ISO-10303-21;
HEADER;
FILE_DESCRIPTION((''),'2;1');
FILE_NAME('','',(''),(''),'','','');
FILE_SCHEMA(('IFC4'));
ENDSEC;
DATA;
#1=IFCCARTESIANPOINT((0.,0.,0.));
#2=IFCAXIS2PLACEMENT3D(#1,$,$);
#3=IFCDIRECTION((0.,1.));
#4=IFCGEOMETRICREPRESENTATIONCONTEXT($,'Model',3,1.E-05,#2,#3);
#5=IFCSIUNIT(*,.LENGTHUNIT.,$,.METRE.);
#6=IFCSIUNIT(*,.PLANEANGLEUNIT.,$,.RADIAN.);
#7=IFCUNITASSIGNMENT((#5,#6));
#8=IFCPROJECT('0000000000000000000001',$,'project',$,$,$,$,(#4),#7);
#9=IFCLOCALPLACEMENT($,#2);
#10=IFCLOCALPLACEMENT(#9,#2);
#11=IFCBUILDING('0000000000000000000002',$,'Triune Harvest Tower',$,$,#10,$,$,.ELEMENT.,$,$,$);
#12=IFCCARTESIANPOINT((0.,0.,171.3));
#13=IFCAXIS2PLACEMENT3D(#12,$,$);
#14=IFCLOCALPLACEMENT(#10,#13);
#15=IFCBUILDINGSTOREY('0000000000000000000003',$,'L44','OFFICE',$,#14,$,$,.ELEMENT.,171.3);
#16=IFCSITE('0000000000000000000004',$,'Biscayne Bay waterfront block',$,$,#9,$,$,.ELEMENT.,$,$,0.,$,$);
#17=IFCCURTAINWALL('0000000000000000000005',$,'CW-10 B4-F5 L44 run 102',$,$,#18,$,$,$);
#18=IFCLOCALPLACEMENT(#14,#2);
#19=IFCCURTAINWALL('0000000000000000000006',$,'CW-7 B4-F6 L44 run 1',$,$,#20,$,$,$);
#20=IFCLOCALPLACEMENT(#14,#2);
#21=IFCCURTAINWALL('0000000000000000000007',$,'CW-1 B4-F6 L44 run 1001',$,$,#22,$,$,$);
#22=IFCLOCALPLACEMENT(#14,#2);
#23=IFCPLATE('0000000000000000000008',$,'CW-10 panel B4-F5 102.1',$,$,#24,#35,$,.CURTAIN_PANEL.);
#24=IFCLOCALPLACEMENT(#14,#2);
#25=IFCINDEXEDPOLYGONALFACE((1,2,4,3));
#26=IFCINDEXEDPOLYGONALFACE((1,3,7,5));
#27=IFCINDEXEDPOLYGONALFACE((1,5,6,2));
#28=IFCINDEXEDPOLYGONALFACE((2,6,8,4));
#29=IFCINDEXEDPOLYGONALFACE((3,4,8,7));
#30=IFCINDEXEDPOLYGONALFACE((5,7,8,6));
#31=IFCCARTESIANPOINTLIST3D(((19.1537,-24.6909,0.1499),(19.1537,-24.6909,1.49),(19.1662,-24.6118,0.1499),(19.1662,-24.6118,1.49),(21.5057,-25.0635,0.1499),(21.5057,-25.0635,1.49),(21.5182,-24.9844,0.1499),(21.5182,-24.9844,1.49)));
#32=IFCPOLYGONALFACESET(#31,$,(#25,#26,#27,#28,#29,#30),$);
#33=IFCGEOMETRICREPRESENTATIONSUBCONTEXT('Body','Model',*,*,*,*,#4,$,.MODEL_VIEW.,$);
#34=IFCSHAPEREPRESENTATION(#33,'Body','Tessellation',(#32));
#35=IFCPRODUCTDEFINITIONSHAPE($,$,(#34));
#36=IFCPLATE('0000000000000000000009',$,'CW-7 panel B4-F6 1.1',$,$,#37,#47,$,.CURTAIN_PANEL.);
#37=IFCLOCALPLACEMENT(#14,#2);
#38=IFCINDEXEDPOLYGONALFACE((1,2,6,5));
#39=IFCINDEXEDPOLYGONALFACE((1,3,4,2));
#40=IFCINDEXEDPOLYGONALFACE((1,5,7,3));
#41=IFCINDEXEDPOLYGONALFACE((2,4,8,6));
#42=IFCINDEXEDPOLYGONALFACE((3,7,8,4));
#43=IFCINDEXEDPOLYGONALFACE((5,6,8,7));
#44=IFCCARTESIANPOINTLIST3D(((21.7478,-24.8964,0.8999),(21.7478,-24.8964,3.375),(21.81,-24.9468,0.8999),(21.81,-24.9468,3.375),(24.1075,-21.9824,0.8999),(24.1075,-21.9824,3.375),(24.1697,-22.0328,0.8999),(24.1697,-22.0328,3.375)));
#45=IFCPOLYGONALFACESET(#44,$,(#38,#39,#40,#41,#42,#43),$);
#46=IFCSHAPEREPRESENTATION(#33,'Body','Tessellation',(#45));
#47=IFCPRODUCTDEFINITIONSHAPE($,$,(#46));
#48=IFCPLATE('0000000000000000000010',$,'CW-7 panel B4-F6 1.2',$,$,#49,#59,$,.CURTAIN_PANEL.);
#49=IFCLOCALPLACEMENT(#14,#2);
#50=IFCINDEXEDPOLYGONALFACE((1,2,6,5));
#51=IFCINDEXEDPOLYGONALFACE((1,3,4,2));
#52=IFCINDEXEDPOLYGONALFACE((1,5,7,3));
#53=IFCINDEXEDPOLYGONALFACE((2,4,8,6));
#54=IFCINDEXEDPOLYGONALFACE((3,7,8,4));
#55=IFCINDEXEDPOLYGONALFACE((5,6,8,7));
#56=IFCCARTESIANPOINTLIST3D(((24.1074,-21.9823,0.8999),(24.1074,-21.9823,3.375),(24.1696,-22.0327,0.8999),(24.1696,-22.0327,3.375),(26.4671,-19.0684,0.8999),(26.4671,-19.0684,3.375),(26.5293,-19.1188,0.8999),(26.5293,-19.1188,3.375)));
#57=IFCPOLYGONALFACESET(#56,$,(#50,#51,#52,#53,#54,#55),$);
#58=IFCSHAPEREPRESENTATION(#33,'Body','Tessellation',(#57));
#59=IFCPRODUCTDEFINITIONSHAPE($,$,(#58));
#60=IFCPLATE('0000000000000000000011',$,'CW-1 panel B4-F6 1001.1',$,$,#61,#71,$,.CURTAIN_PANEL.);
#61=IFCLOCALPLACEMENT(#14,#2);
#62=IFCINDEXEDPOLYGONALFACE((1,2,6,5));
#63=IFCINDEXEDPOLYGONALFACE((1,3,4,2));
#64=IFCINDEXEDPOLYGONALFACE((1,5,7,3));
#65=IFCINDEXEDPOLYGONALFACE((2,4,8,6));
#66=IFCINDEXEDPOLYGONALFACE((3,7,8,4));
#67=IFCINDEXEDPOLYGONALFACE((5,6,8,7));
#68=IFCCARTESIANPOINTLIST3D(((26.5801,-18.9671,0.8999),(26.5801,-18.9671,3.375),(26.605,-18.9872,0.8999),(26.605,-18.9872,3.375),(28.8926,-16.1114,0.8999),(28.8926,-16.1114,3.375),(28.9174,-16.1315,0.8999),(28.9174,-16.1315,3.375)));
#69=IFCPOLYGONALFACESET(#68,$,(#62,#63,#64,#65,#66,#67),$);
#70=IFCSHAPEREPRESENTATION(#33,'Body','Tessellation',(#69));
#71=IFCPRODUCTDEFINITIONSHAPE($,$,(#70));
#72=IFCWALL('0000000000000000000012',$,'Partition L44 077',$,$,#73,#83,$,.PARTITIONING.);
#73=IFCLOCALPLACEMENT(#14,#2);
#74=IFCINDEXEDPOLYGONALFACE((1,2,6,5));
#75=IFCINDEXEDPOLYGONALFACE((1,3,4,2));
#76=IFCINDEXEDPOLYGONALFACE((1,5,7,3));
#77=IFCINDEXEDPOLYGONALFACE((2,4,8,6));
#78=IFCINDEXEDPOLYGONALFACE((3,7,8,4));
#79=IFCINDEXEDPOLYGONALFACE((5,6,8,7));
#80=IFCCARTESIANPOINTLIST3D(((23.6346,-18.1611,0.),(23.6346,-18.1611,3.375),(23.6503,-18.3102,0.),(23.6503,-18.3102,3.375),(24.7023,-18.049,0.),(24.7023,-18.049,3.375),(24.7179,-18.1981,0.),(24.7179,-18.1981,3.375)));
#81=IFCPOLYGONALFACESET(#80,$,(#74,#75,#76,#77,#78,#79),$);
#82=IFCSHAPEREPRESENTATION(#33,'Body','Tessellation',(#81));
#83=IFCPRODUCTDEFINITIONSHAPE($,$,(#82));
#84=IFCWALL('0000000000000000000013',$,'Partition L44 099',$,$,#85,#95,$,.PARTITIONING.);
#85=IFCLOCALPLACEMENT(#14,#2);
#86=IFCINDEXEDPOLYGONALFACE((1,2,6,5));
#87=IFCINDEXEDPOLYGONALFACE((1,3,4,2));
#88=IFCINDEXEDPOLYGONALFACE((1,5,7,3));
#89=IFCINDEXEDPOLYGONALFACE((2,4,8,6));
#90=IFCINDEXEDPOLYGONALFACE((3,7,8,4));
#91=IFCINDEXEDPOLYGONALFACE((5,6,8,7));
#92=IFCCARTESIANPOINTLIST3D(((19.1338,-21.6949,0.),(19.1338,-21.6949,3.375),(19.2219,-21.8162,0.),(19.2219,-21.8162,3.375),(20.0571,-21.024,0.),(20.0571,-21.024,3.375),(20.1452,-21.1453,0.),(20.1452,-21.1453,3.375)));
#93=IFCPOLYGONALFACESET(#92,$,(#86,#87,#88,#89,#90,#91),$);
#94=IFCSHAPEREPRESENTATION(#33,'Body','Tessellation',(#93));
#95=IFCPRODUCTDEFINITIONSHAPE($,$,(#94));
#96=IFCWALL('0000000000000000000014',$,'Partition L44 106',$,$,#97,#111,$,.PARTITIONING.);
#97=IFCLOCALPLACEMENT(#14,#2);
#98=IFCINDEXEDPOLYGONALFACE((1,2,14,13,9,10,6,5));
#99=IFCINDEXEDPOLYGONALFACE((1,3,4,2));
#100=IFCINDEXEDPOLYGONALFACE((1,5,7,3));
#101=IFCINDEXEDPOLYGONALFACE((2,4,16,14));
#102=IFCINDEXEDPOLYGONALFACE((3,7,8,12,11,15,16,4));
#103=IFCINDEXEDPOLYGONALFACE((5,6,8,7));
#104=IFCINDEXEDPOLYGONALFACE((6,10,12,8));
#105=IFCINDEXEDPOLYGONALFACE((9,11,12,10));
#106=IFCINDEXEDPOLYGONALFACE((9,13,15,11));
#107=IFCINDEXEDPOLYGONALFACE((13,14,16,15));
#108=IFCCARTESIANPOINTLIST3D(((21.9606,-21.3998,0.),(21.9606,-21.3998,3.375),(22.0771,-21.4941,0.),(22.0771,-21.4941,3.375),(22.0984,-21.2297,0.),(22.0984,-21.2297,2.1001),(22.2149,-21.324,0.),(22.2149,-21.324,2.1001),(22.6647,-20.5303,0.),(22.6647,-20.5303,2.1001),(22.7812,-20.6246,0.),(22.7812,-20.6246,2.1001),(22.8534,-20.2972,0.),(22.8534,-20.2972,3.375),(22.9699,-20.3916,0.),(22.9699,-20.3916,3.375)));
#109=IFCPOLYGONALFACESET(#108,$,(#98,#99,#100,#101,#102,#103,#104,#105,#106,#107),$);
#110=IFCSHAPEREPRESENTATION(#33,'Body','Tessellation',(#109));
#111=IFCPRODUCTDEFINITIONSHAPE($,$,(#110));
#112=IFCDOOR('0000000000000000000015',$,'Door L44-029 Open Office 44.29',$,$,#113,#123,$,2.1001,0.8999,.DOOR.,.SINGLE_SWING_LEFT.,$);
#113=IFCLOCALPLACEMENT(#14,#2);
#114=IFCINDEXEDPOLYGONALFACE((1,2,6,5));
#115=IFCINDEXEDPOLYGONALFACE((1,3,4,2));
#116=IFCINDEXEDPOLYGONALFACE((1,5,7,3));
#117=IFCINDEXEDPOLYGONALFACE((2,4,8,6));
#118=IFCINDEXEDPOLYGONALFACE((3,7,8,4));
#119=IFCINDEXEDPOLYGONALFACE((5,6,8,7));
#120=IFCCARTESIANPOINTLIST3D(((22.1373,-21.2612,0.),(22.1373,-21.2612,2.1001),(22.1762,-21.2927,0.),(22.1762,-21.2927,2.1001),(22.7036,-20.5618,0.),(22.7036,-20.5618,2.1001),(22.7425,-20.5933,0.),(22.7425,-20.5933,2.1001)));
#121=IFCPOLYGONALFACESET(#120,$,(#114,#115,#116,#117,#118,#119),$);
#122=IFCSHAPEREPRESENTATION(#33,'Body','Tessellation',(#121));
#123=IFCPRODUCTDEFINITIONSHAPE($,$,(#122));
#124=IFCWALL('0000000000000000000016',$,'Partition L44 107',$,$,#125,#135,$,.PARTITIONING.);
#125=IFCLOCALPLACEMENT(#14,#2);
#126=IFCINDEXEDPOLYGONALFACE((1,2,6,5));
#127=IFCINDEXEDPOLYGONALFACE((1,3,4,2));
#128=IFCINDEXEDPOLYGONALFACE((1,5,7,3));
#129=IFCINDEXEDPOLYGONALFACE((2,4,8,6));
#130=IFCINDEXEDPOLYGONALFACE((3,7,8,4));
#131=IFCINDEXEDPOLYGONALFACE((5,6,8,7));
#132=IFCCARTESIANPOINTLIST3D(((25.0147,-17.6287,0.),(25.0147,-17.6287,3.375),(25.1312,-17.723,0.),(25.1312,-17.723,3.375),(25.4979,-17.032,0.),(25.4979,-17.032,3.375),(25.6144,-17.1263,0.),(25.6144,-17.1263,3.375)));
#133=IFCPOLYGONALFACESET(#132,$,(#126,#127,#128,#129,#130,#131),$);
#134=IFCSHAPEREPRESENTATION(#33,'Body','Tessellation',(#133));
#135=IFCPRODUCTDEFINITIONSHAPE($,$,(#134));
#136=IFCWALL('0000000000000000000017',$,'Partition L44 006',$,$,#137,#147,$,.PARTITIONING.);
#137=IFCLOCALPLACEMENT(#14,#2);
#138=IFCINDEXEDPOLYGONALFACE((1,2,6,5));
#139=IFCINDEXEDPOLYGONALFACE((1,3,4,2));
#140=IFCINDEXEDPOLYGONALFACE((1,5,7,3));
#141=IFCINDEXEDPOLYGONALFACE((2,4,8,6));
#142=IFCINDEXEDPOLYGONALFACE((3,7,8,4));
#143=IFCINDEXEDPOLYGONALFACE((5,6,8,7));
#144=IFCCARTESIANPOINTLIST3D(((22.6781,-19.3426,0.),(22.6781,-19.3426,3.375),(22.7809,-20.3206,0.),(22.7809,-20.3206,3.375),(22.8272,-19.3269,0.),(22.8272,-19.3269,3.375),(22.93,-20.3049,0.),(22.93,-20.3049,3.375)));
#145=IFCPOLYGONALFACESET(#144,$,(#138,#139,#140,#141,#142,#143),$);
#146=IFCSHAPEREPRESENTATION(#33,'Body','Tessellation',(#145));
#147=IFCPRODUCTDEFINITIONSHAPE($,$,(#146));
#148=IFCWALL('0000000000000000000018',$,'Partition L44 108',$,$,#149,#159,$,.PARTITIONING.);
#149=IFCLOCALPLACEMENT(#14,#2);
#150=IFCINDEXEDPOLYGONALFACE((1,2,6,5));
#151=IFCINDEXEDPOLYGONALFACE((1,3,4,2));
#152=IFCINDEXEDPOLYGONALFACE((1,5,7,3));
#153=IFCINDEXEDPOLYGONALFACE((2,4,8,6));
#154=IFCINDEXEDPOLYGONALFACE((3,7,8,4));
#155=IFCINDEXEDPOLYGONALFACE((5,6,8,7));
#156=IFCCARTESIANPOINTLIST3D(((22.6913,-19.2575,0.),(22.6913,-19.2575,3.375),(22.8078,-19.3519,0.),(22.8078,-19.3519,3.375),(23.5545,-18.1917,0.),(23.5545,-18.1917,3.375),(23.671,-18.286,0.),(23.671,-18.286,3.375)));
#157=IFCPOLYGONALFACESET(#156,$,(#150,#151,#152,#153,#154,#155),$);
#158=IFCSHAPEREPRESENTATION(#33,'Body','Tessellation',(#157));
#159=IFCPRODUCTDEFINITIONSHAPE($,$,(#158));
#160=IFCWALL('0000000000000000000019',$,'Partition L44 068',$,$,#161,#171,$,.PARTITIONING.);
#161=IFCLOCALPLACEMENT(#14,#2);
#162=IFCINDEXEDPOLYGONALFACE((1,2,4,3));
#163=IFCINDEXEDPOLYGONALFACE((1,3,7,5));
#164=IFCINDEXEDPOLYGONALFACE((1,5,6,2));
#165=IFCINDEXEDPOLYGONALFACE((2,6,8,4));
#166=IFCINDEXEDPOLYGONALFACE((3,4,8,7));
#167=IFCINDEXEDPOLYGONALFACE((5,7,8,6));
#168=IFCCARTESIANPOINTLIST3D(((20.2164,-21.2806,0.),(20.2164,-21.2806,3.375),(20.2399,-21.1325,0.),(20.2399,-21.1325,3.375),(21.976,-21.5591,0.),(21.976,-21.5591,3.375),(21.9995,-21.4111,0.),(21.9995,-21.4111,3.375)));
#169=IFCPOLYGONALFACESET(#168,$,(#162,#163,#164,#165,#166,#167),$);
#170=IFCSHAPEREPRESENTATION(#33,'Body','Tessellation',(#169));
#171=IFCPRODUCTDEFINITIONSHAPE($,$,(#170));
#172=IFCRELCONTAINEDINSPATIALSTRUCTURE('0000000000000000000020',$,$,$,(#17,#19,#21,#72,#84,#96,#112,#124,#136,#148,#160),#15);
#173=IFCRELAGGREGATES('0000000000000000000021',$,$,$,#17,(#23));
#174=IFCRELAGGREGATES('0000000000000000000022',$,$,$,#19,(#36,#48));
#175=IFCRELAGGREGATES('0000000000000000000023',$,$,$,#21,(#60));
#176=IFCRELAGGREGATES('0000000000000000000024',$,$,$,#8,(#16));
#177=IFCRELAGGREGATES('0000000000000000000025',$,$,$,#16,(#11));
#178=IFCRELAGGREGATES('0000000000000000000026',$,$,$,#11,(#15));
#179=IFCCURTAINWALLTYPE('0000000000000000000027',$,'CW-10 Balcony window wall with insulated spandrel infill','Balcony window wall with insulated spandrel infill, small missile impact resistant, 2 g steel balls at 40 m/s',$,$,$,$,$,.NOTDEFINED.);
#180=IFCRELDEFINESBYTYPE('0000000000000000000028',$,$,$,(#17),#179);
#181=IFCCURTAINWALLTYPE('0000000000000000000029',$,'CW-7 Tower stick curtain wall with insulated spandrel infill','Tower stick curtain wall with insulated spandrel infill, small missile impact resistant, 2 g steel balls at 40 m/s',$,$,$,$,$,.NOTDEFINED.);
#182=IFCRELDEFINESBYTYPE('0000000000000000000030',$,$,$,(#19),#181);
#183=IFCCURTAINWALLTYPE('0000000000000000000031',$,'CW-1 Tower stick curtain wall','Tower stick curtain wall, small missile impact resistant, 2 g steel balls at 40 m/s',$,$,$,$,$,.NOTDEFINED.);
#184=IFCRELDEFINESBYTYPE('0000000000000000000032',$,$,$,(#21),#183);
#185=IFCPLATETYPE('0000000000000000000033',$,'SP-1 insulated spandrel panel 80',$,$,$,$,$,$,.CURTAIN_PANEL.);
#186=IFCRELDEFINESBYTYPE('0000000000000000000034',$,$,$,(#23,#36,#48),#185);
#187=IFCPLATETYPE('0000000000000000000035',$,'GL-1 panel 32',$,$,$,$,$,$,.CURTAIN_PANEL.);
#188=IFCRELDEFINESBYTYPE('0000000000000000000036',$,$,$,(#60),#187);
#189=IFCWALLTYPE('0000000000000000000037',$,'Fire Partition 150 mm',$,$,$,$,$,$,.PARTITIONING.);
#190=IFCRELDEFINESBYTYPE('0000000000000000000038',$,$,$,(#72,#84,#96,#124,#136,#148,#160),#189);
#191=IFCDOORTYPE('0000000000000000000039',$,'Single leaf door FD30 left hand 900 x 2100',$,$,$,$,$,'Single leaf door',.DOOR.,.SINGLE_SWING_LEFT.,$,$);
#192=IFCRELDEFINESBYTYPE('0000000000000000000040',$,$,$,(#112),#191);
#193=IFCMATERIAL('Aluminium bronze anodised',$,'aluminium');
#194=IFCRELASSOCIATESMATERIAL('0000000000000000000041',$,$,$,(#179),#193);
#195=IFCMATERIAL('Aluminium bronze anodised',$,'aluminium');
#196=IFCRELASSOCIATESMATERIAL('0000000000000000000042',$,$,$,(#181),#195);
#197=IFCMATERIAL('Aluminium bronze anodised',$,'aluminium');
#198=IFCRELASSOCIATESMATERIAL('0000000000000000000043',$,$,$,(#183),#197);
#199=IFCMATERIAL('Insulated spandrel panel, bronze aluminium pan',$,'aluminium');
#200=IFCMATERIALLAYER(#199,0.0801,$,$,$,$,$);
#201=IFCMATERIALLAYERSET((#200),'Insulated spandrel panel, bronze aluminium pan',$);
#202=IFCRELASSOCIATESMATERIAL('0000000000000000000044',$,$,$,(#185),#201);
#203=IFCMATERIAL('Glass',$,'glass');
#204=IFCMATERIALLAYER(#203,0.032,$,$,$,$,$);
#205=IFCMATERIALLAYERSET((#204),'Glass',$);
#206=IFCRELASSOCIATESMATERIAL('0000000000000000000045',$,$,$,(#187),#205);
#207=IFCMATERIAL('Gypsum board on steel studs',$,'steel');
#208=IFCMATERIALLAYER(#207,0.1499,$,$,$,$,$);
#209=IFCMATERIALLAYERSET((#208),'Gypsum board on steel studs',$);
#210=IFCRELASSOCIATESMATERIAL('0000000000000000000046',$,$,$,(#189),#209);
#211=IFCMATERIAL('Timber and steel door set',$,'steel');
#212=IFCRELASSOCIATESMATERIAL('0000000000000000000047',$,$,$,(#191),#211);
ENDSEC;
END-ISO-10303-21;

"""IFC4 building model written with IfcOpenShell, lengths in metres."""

from ifc_helpers import new_model, si_unit, direction, frame, frame_2d, origin, origin_2d, place, context, subcontext, project, spatial, rectangle, extrude, source, transform, mapped, material, layer, layer_set, type_object, element, fill, aggregate, save


model = new_model("IFC4")

# Units and contexts
model_context = context("Model", 3, precision=1e-05, world=origin(), true_north=direction((0.0, 1.0)))
body_context = subcontext(model_context, "Body", "Model", "MODEL_VIEW")
ifc_project = project(units=[si_unit("LENGTHUNIT", "METRE"), si_unit("PLANEANGLEUNIT", "RADIAN")], contexts=[model_context])

# Site, building, storey
site_placement = place(None, origin())
site = spatial("IfcSite", under=ifc_project, at=site_placement, Name="Biscayne Bay waterfront block", CompositionType="ELEMENT", RefElevation=0.0)
building_placement = place(site_placement, origin())
building = spatial("IfcBuilding", under=site, at=building_placement, Name="Triune Harvest Tower", CompositionType="ELEMENT")
storey_placement = place(building_placement, frame((0.0, 0.0, 171.3)))
storey = spatial("IfcBuildingStorey", under=building, at=storey_placement, Name="L44", Description="OFFICE", CompositionType="ELEMENT", Elevation=171.3)

# Curtain walls
ifc_material_1 = material(Name="Aluminium bronze anodised", Category="aluminium")
curtain_wall_type_1 = type_object("IfcCurtainWallType", Name="CW-10 Balcony window wall with insulated spandrel infill", Description="Balcony window wall with insulated spandrel infill, small missile impact resistant, 2 g steel balls at 40 m/s", PredefinedType="NOTDEFINED", material=ifc_material_1)
curtain_wall_1_placement = place(storey_placement, origin())
curtain_wall_1 = element("IfcCurtainWall", 1, at=curtain_wall_1_placement, inside=storey, type_object=curtain_wall_type_1, Name="CW-10 B4-F5 L44 run 102")
ifc_material_2 = material(Name="Aluminium bronze anodised", Category="aluminium")
curtain_wall_type_2 = type_object("IfcCurtainWallType", Name="CW-7 Tower stick curtain wall with insulated spandrel infill", Description="Tower stick curtain wall with insulated spandrel infill, small missile impact resistant, 2 g steel balls at 40 m/s", PredefinedType="NOTDEFINED", material=ifc_material_2)
curtain_wall_2_placement = place(storey_placement, origin())
curtain_wall_2 = element("IfcCurtainWall", 2, at=curtain_wall_2_placement, inside=storey, type_object=curtain_wall_type_2, Name="CW-7 B4-F6 L44 run 1")
ifc_material_3 = material(Name="Aluminium bronze anodised", Category="aluminium")
curtain_wall_type_3 = type_object("IfcCurtainWallType", Name="CW-1 Tower stick curtain wall", Description="Tower stick curtain wall, small missile impact resistant, 2 g steel balls at 40 m/s", PredefinedType="NOTDEFINED", material=ifc_material_3)
curtain_wall_3_placement = place(storey_placement, origin())
curtain_wall_3 = element("IfcCurtainWall", 3, at=curtain_wall_3_placement, inside=storey, type_object=curtain_wall_type_3, Name="CW-1 B4-F6 L44 run 1001")

# Plates
ifc_material_4 = material(Name="Insulated spandrel panel, bronze aluminium pan", Category="aluminium")
ifc_layer_1 = layer(ifc_material_4, 0.0801)
ifc_layer_set_1 = layer_set([ifc_layer_1], Name="Insulated spandrel panel, bronze aluminium pan")
plate_type_1 = type_object("IfcPlateType", Name="SP-1 insulated spandrel panel 80", PredefinedType="CURTAIN_PANEL", material=ifc_layer_set_1)
plate_1_placement = place(storey_placement, frame((20.3359, -24.8376, 0.1499), z_axis=(0.0, 0.0, 1.0), x_axis=(0.987688, -0.156437, 0.0)))
plate_1 = element("IfcPlate", 4, at=plate_1_placement, type_object=plate_type_1, Name="CW-10 panel B4-F5 102.1", PredefinedType="CURTAIN_PANEL", context=body_context, shape_type="SweptSolid", body=[
    extrude(rectangle(XDim=2.3813, YDim=0.0801, at=origin_2d()), origin(), (0.0, 0.0, 1.0), 1.3401),
])
aggregate(curtain_wall_1, [plate_1])
shared_shape_1 = source(origin(), body_context, "Body", "SweptSolid", [
    extrude(rectangle(XDim=3.7495, YDim=0.0801, at=origin_2d()), origin(), (0.0, 0.0, 1.0), 2.4751),
])
plate_2_placement = place(storey_placement, frame((22.9587, -23.4646, 0.8999), z_axis=(0.0, 0.0, 1.0), x_axis=(0.629323, 0.777144, 0.0)))
plate_2 = element("IfcPlate", 5, at=plate_2_placement, type_object=plate_type_1, Name="CW-7 panel B4-F6 1.1", PredefinedType="CURTAIN_PANEL", context=body_context, shape_type="MappedRepresentation", body=[
    mapped(shared_shape_1, transform((0.0, 0.0, 0.0), scale=1.0)),
])
plate_3_placement = place(storey_placement, frame((25.3184, -20.5505, 0.8999), z_axis=(0.0, 0.0, 1.0), x_axis=(0.629323, 0.777144, 0.0)))
plate_3 = element("IfcPlate", 6, at=plate_3_placement, type_object=plate_type_1, Name="CW-7 panel B4-F6 1.2", PredefinedType="CURTAIN_PANEL", context=body_context, shape_type="MappedRepresentation", body=[
    mapped(shared_shape_1, transform((0.0, 0.0, 0.0), scale=1.0)),
])
aggregate(curtain_wall_2, [plate_2, plate_3])
ifc_material_5 = material(Name="Glass", Category="glass")
ifc_layer_2 = layer(ifc_material_5, 0.032)
ifc_layer_set_2 = layer_set([ifc_layer_2], Name="Glass")
plate_type_2 = type_object("IfcPlateType", Name="GL-1 panel 32", PredefinedType="CURTAIN_PANEL", material=ifc_layer_set_2)
shared_shape_2 = source(origin(), body_context, "Body", "SweptSolid", [
    extrude(rectangle(XDim=3.6746, YDim=0.032, at=origin_2d()), origin(), (0.0, 0.0, 1.0), 2.4751),
])
plate_4_placement = place(storey_placement, frame((27.7488, -17.5493, 0.8999), z_axis=(0.0, 0.0, 1.0), x_axis=(0.629316, 0.777149, 0.0)))
plate_4 = element("IfcPlate", 7, at=plate_4_placement, type_object=plate_type_2, Name="CW-1 panel B4-F6 1001.1", PredefinedType="CURTAIN_PANEL", context=body_context, shape_type="MappedRepresentation", body=[
    mapped(shared_shape_2, transform((0.0, 0.0, 0.0), scale=1.0)),
])
aggregate(curtain_wall_3, [plate_4])

# Walls
ifc_material_6 = material(Name="Gypsum board on steel studs", Category="steel")
ifc_layer_3 = layer(ifc_material_6, 0.1499)
ifc_layer_set_3 = layer_set([ifc_layer_3], Name="Gypsum board on steel studs")
wall_type = type_object("IfcWallType", Name="Fire Partition 150 mm", PredefinedType="PARTITIONING", material=ifc_layer_set_3)
wall_1_placement = place(storey_placement, frame((23.6426, -18.2356, 0.0), z_axis=(0.0, 0.0, 1.0), x_axis=(0.994537, 0.104389, 0.0)))
element("IfcWall", 8, at=wall_1_placement, inside=storey, type_object=wall_type, Name="Partition L44 077", PredefinedType="PARTITIONING", context=body_context, shape_type="SweptSolid", body=[
    extrude(rectangle(XDim=1.0735, YDim=0.1499, at=frame_2d((0.5366, 0.0))), origin(), (0.0, 0.0, 1.0), 3.375),
])
wall_2_placement = place(storey_placement, frame((19.1777, -21.7556, 0.0), z_axis=(0.0, 0.0, 1.0), x_axis=(0.808995, 0.587816, 0.0)))
element("IfcWall", 9, at=wall_2_placement, inside=storey, type_object=wall_type, Name="Partition L44 099", PredefinedType="PARTITIONING", context=body_context, shape_type="SweptSolid", body=[
    extrude(rectangle(XDim=1.1414, YDim=0.1499, at=frame_2d((0.5708, 0.0))), origin(), (0.0, 0.0, 1.0), 3.375),
])

# Wall, opening, door
wall_3_placement = place(storey_placement, frame((22.0188, -21.447, 0.0), z_axis=(0.0, 0.0, 1.0), x_axis=(0.629322, 0.777145, 0.0)))
wall_3 = element("IfcWall", 10, at=wall_3_placement, inside=storey, type_object=wall_type, Name="Partition L44 106", PredefinedType="PARTITIONING", context=body_context, shape_type="SweptSolid", body=[
    extrude(rectangle(XDim=1.4187, YDim=0.1499, at=frame_2d((0.7095, 0.0))), origin(), (0.0, 0.0, 1.0), 3.375),
])
opening_placement = place(wall_3_placement, frame((0.219, 0.0, 0.0)))
opening = element("IfcOpeningElement", 11, at=opening_placement, cuts=wall_3, PredefinedType="OPENING", context=body_context, shape_type="SweptSolid", body=[
    extrude(rectangle(XDim=0.8999, YDim=2.1001, at=frame_2d((0.45, 1.05))), frame((0.0, 0.085, 0.0), z_axis=(0.0, -1.0, 0.0), x_axis=(1.0, 0.0, 0.0)), (0.0, 0.0, 1.0), 0.1699),
])
ifc_material_7 = material(Name="Timber and steel door set", Category="steel")
door_type = type_object("IfcDoorType", Name="Single leaf door FD30 left hand 900 x 2100", ElementType="Single leaf door", OperationType="SINGLE_SWING_LEFT", PredefinedType="DOOR", material=ifc_material_7)
door_placement = place(opening_placement, origin())
door = element("IfcDoor", 12, at=door_placement, inside=storey, type_object=door_type, Name="Door L44-029 Open Office 44.29", OperationType="SINGLE_SWING_LEFT", OverallHeight=2.1001, OverallWidth=0.8999, PredefinedType="DOOR", context=body_context, shape_type="SweptSolid", body=[
    extrude(rectangle(XDim=0.8999, YDim=2.1001, at=frame_2d((0.45, 1.05))), frame((0.0, 0.0249, 0.0), z_axis=(0.0, -1.0, 0.0), x_axis=(1.0, 0.0, 0.0)), (0.0, 0.0, 1.0), 0.05),
])
fill(opening, door)

# Walls
wall_4_placement = place(storey_placement, frame((25.073, -17.6758, 0.0), z_axis=(0.0, 0.0, 1.0), x_axis=(0.629299, 0.777163, 0.0)))
element("IfcWall", 13, at=wall_4_placement, inside=storey, type_object=wall_type, Name="Partition L44 107", PredefinedType="PARTITIONING", context=body_context, shape_type="SweptSolid", body=[
    extrude(rectangle(XDim=0.7678, YDim=0.1499, at=frame_2d((0.3838, 0.0))), origin(), (0.0, 0.0, 1.0), 3.375),
])
shared_shape_3 = source(origin(), body_context, "Body", "SweptSolid", [
    extrude(rectangle(XDim=0.9834, YDim=0.1499, at=frame_2d((0.4917, 0.0))), origin(), (0.0, 0.0, 1.0), 3.375),
])
wall_5_placement = place(storey_placement, frame((22.7527, -19.3347, 0.0), z_axis=(0.0, 0.0, 1.0), x_axis=(0.104517, -0.994523, 0.0)))
element("IfcWall", 14, at=wall_5_placement, inside=storey, type_object=wall_type, Name="Partition L44 006", PredefinedType="PARTITIONING", context=body_context, shape_type="MappedRepresentation", body=[
    mapped(shared_shape_3, transform((0.0, 0.0, 0.0), scale=1.0)),
])
shared_shape_4 = source(origin(), body_context, "Body", "SweptSolid", [
    extrude(rectangle(XDim=1.3716, YDim=0.1499, at=frame_2d((0.6858, 0.0))), origin(), (0.0, 0.0, 1.0), 3.375),
])
wall_6_placement = place(storey_placement, frame((22.7495, -19.3047, 0.0), z_axis=(0.0, 0.0, 1.0), x_axis=(0.629372, 0.777104, 0.0)))
element("IfcWall", 15, at=wall_6_placement, inside=storey, type_object=wall_type, Name="Partition L44 108", PredefinedType="PARTITIONING", context=body_context, shape_type="MappedRepresentation", body=[
    mapped(shared_shape_4, transform((0.0, 0.0, 0.0), scale=1.0)),
])
shared_shape_5 = source(origin(), body_context, "Body", "SweptSolid", [
    extrude(rectangle(XDim=1.7815, YDim=0.1499, at=frame_2d((0.8906, 0.0))), origin(), (0.0, 0.0, 1.0), 3.375),
])
wall_7_placement = place(storey_placement, frame((20.2283, -21.2065, 0.0), z_axis=(0.0, 0.0, 1.0), x_axis=(0.987698, -0.156371, 0.0)))
element("IfcWall", 16, at=wall_7_placement, inside=storey, type_object=wall_type, Name="Partition L44 068", PredefinedType="PARTITIONING", context=body_context, shape_type="MappedRepresentation", body=[
    mapped(shared_shape_5, transform((0.0, 0.0, 0.0), scale=1.0)),
])

save(model, "model.ifc")
